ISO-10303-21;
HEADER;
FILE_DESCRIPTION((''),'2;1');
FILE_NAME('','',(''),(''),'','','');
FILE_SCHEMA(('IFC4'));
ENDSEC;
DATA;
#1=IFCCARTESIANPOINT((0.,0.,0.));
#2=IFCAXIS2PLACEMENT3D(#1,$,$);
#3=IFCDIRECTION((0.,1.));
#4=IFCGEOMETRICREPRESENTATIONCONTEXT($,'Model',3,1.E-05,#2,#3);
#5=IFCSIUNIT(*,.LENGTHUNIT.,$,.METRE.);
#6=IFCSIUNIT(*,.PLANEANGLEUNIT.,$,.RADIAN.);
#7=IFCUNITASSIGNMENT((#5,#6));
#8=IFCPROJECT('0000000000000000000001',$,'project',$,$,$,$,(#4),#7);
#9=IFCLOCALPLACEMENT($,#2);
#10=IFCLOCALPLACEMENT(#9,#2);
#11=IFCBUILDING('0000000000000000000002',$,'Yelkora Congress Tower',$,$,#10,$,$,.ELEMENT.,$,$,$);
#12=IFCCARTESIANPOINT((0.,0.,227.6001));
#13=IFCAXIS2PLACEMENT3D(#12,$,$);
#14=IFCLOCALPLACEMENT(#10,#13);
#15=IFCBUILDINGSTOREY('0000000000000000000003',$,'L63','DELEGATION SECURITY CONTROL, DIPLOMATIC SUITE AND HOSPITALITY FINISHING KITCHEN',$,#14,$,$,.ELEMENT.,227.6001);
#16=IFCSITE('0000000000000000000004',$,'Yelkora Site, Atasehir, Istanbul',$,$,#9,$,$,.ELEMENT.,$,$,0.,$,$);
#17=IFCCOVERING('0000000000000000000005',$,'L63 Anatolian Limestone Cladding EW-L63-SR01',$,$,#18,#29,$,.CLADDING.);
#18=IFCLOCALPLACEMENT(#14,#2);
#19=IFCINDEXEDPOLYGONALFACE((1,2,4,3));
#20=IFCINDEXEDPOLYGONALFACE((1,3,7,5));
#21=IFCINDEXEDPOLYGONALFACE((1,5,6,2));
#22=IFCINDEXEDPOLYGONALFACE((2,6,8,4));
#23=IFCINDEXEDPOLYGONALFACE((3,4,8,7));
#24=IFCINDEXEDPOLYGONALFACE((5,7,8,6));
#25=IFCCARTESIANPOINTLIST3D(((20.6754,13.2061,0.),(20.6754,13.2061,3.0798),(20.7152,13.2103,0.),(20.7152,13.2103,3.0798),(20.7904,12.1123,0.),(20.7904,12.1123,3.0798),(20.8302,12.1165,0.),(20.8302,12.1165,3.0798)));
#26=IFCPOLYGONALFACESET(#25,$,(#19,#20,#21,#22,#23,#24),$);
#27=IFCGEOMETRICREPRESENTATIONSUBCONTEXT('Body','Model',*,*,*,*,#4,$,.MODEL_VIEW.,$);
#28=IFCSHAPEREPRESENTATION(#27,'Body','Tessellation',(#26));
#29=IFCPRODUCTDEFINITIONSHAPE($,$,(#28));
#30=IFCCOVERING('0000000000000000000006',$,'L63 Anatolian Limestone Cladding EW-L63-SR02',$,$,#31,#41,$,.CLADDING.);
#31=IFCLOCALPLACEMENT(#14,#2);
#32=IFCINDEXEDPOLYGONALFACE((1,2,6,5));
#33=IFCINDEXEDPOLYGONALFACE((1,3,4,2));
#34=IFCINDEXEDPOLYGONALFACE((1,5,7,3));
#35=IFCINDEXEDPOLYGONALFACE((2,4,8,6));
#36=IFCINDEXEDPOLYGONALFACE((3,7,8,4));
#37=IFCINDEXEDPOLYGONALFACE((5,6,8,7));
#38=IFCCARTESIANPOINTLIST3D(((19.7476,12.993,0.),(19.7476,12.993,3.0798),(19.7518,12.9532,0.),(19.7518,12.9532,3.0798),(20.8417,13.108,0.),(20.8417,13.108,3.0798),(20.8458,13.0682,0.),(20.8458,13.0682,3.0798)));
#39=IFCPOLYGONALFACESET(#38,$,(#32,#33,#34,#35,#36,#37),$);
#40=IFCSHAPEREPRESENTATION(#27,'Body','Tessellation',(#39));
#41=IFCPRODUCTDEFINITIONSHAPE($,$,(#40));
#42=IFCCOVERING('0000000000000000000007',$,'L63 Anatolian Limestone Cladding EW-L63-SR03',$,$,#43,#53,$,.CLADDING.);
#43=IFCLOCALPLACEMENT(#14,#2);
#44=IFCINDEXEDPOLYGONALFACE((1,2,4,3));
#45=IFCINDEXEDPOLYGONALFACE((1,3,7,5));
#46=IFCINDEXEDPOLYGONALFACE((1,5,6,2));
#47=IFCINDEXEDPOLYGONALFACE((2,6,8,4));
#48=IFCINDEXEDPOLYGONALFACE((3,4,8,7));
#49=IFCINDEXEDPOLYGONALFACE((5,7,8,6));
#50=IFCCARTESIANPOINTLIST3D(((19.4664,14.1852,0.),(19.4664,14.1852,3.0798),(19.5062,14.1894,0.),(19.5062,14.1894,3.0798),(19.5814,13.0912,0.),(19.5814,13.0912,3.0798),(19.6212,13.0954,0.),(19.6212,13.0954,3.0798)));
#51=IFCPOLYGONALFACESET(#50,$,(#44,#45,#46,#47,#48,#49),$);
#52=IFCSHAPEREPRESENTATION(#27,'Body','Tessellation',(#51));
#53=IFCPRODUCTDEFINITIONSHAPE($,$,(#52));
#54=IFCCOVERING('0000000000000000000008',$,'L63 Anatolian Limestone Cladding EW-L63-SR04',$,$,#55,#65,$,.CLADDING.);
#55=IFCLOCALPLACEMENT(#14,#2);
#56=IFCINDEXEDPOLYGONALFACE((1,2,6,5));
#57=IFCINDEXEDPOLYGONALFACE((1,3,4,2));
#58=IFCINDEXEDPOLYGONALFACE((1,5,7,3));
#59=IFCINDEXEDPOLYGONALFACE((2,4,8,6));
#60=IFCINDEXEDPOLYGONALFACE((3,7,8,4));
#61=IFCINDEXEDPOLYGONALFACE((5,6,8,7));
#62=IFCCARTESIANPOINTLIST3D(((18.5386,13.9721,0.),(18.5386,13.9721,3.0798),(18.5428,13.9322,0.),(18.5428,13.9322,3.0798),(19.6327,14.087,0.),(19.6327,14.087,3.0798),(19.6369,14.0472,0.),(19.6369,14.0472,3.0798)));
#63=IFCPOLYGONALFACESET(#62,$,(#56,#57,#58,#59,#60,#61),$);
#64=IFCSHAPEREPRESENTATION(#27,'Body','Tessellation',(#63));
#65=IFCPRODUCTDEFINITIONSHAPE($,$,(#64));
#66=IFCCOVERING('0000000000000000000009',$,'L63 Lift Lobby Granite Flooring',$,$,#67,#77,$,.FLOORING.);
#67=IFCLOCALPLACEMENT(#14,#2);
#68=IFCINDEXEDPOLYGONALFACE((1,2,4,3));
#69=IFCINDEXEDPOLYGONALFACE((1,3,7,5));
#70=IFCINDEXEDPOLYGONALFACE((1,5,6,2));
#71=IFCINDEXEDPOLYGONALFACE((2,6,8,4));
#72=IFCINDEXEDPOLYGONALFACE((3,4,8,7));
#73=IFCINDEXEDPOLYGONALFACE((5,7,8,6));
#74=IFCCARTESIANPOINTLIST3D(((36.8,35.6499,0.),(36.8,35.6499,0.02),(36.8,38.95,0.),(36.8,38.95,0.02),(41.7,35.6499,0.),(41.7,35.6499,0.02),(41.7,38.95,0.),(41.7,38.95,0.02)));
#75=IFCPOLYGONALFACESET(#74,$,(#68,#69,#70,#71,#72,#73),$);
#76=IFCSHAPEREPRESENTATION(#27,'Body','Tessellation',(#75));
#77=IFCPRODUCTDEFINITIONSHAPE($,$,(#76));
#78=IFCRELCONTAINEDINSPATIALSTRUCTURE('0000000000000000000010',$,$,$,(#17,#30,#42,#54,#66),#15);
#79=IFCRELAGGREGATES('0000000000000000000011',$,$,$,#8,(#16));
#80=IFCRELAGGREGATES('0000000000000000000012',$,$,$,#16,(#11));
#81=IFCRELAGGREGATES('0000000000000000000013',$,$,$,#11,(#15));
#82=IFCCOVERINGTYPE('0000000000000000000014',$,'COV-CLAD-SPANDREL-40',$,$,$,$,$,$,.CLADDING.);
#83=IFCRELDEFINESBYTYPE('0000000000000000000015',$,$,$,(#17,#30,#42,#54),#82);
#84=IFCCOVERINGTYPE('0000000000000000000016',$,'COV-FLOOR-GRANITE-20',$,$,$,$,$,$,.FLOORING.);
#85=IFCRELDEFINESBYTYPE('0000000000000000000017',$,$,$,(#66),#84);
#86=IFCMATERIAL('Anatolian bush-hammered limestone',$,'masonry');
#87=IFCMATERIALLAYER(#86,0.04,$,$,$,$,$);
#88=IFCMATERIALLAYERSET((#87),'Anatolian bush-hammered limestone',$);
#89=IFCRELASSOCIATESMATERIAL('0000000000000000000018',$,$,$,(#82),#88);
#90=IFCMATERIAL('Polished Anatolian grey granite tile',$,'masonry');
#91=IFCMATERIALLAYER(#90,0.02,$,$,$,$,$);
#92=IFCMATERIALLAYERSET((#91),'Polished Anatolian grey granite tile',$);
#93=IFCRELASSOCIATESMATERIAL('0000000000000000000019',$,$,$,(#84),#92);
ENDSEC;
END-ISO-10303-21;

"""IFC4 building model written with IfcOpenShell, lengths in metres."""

from ifc_helpers import new_model, si_unit, direction, frame, frame_2d, origin, place, context, subcontext, project, spatial, polyline, rectangle, outline, extrude, material, layer, layer_set, type_object, element, save


model = new_model("IFC4")

# Units and contexts
model_context = context("Model", 3, precision=1e-05, world=origin(), true_north=direction((0.0, 1.0)))
body_context = subcontext(model_context, "Body", "Model", "MODEL_VIEW")
ifc_project = project(units=[si_unit("LENGTHUNIT", "METRE"), si_unit("PLANEANGLEUNIT", "RADIAN")], contexts=[model_context])

# Site, building, storey
site_placement = place(None, origin())
site = spatial("IfcSite", under=ifc_project, at=site_placement, Name="Yelkora Site, Atasehir, Istanbul", CompositionType="ELEMENT", RefElevation=0.0)
building_placement = place(site_placement, origin())
building = spatial("IfcBuilding", under=site, at=building_placement, Name="Yelkora Congress Tower", CompositionType="ELEMENT")
storey_placement = place(building_placement, frame((0.0, 0.0, 227.6001)))
storey = spatial("IfcBuildingStorey", under=building, at=storey_placement, Name="L63", Description="DELEGATION SECURITY CONTROL, DIPLOMATIC SUITE AND HOSPITALITY FINISHING KITCHEN", CompositionType="ELEMENT", Elevation=227.6001)

# Coverings
ifc_material_1 = material(Name="Anatolian bush-hammered limestone", Category="masonry")
ifc_layer_1 = layer(ifc_material_1, 0.04)
ifc_layer_set_1 = layer_set([ifc_layer_1], Name="Anatolian bush-hammered limestone")
covering_type_1 = type_object("IfcCoveringType", Name="COV-CLAD-SPANDREL-40", PredefinedType="CLADDING", material=ifc_layer_set_1)
covering_1_placement = place(storey_placement, frame((20.8103, 12.1145, 0.0), z_axis=(0.0, 0.0, 1.0), x_axis=(-0.104558, 0.994519, 0.0)))
element("IfcCovering", 1, at=covering_1_placement, inside=storey, type_object=covering_type_1, Name="L63 Anatolian Limestone Cladding EW-L63-SR01", PredefinedType="CLADDING", context=body_context, shape_type="SweptSolid", body=[
    extrude(rectangle(XDim=1.0999, YDim=0.04, at=frame_2d((0.5498, 0.0))), origin(), (0.0, 0.0, 1.0), 3.0798),
])
for number, where, z_axis, x_axis, name in (
    (2, (20.8438, 13.0881, 0.0), (0.0, 0.0, 1.0), (-0.994521, -0.104535, 0.0), "L63 Anatolian Limestone Cladding EW-L63-SR02"),
    (3, (19.6013, 13.0933, 0.0), (0.0, 0.0, 1.0), (-0.104535, 0.994521, 0.0), "L63 Anatolian Limestone Cladding EW-L63-SR03"),
    (4, (19.6348, 14.0671, 0.0), (0.0, 0.0, 1.0), (-0.994521, -0.104535, 0.0), "L63 Anatolian Limestone Cladding EW-L63-SR04"),
):
    element("IfcCovering", number, at=place(storey_placement, frame(where, z_axis=z_axis, x_axis=x_axis)), inside=storey, type_object=covering_type_1, Name=name, PredefinedType="CLADDING", context=body_context, shape_type="SweptSolid", body=[
        extrude(rectangle(XDim=1.1001, YDim=0.04, at=frame_2d((0.55, 0.0))), origin(), (0.0, 0.0, 1.0), 3.0798),
    ])
ifc_material_2 = material(Name="Polished Anatolian grey granite tile", Category="masonry")
ifc_layer_2 = layer(ifc_material_2, 0.02)
ifc_layer_set_2 = layer_set([ifc_layer_2], Name="Polished Anatolian grey granite tile")
covering_type_2 = type_object("IfcCoveringType", Name="COV-FLOOR-GRANITE-20", PredefinedType="FLOORING", material=ifc_layer_set_2)
covering_2_placement = place(storey_placement, origin())
element("IfcCovering", 5, at=covering_2_placement, inside=storey, type_object=covering_type_2, Name="L63 Lift Lobby Granite Flooring", PredefinedType="FLOORING", context=body_context, shape_type="SweptSolid", body=[
    extrude(outline(polyline([(36.8, 35.6499), (41.7, 35.6499), (41.7, 38.95), (36.8, 38.95), (36.8, 35.6499)])), origin(), (0.0, 0.0, 1.0), 0.02),
])

save(model, "model.ifc")
